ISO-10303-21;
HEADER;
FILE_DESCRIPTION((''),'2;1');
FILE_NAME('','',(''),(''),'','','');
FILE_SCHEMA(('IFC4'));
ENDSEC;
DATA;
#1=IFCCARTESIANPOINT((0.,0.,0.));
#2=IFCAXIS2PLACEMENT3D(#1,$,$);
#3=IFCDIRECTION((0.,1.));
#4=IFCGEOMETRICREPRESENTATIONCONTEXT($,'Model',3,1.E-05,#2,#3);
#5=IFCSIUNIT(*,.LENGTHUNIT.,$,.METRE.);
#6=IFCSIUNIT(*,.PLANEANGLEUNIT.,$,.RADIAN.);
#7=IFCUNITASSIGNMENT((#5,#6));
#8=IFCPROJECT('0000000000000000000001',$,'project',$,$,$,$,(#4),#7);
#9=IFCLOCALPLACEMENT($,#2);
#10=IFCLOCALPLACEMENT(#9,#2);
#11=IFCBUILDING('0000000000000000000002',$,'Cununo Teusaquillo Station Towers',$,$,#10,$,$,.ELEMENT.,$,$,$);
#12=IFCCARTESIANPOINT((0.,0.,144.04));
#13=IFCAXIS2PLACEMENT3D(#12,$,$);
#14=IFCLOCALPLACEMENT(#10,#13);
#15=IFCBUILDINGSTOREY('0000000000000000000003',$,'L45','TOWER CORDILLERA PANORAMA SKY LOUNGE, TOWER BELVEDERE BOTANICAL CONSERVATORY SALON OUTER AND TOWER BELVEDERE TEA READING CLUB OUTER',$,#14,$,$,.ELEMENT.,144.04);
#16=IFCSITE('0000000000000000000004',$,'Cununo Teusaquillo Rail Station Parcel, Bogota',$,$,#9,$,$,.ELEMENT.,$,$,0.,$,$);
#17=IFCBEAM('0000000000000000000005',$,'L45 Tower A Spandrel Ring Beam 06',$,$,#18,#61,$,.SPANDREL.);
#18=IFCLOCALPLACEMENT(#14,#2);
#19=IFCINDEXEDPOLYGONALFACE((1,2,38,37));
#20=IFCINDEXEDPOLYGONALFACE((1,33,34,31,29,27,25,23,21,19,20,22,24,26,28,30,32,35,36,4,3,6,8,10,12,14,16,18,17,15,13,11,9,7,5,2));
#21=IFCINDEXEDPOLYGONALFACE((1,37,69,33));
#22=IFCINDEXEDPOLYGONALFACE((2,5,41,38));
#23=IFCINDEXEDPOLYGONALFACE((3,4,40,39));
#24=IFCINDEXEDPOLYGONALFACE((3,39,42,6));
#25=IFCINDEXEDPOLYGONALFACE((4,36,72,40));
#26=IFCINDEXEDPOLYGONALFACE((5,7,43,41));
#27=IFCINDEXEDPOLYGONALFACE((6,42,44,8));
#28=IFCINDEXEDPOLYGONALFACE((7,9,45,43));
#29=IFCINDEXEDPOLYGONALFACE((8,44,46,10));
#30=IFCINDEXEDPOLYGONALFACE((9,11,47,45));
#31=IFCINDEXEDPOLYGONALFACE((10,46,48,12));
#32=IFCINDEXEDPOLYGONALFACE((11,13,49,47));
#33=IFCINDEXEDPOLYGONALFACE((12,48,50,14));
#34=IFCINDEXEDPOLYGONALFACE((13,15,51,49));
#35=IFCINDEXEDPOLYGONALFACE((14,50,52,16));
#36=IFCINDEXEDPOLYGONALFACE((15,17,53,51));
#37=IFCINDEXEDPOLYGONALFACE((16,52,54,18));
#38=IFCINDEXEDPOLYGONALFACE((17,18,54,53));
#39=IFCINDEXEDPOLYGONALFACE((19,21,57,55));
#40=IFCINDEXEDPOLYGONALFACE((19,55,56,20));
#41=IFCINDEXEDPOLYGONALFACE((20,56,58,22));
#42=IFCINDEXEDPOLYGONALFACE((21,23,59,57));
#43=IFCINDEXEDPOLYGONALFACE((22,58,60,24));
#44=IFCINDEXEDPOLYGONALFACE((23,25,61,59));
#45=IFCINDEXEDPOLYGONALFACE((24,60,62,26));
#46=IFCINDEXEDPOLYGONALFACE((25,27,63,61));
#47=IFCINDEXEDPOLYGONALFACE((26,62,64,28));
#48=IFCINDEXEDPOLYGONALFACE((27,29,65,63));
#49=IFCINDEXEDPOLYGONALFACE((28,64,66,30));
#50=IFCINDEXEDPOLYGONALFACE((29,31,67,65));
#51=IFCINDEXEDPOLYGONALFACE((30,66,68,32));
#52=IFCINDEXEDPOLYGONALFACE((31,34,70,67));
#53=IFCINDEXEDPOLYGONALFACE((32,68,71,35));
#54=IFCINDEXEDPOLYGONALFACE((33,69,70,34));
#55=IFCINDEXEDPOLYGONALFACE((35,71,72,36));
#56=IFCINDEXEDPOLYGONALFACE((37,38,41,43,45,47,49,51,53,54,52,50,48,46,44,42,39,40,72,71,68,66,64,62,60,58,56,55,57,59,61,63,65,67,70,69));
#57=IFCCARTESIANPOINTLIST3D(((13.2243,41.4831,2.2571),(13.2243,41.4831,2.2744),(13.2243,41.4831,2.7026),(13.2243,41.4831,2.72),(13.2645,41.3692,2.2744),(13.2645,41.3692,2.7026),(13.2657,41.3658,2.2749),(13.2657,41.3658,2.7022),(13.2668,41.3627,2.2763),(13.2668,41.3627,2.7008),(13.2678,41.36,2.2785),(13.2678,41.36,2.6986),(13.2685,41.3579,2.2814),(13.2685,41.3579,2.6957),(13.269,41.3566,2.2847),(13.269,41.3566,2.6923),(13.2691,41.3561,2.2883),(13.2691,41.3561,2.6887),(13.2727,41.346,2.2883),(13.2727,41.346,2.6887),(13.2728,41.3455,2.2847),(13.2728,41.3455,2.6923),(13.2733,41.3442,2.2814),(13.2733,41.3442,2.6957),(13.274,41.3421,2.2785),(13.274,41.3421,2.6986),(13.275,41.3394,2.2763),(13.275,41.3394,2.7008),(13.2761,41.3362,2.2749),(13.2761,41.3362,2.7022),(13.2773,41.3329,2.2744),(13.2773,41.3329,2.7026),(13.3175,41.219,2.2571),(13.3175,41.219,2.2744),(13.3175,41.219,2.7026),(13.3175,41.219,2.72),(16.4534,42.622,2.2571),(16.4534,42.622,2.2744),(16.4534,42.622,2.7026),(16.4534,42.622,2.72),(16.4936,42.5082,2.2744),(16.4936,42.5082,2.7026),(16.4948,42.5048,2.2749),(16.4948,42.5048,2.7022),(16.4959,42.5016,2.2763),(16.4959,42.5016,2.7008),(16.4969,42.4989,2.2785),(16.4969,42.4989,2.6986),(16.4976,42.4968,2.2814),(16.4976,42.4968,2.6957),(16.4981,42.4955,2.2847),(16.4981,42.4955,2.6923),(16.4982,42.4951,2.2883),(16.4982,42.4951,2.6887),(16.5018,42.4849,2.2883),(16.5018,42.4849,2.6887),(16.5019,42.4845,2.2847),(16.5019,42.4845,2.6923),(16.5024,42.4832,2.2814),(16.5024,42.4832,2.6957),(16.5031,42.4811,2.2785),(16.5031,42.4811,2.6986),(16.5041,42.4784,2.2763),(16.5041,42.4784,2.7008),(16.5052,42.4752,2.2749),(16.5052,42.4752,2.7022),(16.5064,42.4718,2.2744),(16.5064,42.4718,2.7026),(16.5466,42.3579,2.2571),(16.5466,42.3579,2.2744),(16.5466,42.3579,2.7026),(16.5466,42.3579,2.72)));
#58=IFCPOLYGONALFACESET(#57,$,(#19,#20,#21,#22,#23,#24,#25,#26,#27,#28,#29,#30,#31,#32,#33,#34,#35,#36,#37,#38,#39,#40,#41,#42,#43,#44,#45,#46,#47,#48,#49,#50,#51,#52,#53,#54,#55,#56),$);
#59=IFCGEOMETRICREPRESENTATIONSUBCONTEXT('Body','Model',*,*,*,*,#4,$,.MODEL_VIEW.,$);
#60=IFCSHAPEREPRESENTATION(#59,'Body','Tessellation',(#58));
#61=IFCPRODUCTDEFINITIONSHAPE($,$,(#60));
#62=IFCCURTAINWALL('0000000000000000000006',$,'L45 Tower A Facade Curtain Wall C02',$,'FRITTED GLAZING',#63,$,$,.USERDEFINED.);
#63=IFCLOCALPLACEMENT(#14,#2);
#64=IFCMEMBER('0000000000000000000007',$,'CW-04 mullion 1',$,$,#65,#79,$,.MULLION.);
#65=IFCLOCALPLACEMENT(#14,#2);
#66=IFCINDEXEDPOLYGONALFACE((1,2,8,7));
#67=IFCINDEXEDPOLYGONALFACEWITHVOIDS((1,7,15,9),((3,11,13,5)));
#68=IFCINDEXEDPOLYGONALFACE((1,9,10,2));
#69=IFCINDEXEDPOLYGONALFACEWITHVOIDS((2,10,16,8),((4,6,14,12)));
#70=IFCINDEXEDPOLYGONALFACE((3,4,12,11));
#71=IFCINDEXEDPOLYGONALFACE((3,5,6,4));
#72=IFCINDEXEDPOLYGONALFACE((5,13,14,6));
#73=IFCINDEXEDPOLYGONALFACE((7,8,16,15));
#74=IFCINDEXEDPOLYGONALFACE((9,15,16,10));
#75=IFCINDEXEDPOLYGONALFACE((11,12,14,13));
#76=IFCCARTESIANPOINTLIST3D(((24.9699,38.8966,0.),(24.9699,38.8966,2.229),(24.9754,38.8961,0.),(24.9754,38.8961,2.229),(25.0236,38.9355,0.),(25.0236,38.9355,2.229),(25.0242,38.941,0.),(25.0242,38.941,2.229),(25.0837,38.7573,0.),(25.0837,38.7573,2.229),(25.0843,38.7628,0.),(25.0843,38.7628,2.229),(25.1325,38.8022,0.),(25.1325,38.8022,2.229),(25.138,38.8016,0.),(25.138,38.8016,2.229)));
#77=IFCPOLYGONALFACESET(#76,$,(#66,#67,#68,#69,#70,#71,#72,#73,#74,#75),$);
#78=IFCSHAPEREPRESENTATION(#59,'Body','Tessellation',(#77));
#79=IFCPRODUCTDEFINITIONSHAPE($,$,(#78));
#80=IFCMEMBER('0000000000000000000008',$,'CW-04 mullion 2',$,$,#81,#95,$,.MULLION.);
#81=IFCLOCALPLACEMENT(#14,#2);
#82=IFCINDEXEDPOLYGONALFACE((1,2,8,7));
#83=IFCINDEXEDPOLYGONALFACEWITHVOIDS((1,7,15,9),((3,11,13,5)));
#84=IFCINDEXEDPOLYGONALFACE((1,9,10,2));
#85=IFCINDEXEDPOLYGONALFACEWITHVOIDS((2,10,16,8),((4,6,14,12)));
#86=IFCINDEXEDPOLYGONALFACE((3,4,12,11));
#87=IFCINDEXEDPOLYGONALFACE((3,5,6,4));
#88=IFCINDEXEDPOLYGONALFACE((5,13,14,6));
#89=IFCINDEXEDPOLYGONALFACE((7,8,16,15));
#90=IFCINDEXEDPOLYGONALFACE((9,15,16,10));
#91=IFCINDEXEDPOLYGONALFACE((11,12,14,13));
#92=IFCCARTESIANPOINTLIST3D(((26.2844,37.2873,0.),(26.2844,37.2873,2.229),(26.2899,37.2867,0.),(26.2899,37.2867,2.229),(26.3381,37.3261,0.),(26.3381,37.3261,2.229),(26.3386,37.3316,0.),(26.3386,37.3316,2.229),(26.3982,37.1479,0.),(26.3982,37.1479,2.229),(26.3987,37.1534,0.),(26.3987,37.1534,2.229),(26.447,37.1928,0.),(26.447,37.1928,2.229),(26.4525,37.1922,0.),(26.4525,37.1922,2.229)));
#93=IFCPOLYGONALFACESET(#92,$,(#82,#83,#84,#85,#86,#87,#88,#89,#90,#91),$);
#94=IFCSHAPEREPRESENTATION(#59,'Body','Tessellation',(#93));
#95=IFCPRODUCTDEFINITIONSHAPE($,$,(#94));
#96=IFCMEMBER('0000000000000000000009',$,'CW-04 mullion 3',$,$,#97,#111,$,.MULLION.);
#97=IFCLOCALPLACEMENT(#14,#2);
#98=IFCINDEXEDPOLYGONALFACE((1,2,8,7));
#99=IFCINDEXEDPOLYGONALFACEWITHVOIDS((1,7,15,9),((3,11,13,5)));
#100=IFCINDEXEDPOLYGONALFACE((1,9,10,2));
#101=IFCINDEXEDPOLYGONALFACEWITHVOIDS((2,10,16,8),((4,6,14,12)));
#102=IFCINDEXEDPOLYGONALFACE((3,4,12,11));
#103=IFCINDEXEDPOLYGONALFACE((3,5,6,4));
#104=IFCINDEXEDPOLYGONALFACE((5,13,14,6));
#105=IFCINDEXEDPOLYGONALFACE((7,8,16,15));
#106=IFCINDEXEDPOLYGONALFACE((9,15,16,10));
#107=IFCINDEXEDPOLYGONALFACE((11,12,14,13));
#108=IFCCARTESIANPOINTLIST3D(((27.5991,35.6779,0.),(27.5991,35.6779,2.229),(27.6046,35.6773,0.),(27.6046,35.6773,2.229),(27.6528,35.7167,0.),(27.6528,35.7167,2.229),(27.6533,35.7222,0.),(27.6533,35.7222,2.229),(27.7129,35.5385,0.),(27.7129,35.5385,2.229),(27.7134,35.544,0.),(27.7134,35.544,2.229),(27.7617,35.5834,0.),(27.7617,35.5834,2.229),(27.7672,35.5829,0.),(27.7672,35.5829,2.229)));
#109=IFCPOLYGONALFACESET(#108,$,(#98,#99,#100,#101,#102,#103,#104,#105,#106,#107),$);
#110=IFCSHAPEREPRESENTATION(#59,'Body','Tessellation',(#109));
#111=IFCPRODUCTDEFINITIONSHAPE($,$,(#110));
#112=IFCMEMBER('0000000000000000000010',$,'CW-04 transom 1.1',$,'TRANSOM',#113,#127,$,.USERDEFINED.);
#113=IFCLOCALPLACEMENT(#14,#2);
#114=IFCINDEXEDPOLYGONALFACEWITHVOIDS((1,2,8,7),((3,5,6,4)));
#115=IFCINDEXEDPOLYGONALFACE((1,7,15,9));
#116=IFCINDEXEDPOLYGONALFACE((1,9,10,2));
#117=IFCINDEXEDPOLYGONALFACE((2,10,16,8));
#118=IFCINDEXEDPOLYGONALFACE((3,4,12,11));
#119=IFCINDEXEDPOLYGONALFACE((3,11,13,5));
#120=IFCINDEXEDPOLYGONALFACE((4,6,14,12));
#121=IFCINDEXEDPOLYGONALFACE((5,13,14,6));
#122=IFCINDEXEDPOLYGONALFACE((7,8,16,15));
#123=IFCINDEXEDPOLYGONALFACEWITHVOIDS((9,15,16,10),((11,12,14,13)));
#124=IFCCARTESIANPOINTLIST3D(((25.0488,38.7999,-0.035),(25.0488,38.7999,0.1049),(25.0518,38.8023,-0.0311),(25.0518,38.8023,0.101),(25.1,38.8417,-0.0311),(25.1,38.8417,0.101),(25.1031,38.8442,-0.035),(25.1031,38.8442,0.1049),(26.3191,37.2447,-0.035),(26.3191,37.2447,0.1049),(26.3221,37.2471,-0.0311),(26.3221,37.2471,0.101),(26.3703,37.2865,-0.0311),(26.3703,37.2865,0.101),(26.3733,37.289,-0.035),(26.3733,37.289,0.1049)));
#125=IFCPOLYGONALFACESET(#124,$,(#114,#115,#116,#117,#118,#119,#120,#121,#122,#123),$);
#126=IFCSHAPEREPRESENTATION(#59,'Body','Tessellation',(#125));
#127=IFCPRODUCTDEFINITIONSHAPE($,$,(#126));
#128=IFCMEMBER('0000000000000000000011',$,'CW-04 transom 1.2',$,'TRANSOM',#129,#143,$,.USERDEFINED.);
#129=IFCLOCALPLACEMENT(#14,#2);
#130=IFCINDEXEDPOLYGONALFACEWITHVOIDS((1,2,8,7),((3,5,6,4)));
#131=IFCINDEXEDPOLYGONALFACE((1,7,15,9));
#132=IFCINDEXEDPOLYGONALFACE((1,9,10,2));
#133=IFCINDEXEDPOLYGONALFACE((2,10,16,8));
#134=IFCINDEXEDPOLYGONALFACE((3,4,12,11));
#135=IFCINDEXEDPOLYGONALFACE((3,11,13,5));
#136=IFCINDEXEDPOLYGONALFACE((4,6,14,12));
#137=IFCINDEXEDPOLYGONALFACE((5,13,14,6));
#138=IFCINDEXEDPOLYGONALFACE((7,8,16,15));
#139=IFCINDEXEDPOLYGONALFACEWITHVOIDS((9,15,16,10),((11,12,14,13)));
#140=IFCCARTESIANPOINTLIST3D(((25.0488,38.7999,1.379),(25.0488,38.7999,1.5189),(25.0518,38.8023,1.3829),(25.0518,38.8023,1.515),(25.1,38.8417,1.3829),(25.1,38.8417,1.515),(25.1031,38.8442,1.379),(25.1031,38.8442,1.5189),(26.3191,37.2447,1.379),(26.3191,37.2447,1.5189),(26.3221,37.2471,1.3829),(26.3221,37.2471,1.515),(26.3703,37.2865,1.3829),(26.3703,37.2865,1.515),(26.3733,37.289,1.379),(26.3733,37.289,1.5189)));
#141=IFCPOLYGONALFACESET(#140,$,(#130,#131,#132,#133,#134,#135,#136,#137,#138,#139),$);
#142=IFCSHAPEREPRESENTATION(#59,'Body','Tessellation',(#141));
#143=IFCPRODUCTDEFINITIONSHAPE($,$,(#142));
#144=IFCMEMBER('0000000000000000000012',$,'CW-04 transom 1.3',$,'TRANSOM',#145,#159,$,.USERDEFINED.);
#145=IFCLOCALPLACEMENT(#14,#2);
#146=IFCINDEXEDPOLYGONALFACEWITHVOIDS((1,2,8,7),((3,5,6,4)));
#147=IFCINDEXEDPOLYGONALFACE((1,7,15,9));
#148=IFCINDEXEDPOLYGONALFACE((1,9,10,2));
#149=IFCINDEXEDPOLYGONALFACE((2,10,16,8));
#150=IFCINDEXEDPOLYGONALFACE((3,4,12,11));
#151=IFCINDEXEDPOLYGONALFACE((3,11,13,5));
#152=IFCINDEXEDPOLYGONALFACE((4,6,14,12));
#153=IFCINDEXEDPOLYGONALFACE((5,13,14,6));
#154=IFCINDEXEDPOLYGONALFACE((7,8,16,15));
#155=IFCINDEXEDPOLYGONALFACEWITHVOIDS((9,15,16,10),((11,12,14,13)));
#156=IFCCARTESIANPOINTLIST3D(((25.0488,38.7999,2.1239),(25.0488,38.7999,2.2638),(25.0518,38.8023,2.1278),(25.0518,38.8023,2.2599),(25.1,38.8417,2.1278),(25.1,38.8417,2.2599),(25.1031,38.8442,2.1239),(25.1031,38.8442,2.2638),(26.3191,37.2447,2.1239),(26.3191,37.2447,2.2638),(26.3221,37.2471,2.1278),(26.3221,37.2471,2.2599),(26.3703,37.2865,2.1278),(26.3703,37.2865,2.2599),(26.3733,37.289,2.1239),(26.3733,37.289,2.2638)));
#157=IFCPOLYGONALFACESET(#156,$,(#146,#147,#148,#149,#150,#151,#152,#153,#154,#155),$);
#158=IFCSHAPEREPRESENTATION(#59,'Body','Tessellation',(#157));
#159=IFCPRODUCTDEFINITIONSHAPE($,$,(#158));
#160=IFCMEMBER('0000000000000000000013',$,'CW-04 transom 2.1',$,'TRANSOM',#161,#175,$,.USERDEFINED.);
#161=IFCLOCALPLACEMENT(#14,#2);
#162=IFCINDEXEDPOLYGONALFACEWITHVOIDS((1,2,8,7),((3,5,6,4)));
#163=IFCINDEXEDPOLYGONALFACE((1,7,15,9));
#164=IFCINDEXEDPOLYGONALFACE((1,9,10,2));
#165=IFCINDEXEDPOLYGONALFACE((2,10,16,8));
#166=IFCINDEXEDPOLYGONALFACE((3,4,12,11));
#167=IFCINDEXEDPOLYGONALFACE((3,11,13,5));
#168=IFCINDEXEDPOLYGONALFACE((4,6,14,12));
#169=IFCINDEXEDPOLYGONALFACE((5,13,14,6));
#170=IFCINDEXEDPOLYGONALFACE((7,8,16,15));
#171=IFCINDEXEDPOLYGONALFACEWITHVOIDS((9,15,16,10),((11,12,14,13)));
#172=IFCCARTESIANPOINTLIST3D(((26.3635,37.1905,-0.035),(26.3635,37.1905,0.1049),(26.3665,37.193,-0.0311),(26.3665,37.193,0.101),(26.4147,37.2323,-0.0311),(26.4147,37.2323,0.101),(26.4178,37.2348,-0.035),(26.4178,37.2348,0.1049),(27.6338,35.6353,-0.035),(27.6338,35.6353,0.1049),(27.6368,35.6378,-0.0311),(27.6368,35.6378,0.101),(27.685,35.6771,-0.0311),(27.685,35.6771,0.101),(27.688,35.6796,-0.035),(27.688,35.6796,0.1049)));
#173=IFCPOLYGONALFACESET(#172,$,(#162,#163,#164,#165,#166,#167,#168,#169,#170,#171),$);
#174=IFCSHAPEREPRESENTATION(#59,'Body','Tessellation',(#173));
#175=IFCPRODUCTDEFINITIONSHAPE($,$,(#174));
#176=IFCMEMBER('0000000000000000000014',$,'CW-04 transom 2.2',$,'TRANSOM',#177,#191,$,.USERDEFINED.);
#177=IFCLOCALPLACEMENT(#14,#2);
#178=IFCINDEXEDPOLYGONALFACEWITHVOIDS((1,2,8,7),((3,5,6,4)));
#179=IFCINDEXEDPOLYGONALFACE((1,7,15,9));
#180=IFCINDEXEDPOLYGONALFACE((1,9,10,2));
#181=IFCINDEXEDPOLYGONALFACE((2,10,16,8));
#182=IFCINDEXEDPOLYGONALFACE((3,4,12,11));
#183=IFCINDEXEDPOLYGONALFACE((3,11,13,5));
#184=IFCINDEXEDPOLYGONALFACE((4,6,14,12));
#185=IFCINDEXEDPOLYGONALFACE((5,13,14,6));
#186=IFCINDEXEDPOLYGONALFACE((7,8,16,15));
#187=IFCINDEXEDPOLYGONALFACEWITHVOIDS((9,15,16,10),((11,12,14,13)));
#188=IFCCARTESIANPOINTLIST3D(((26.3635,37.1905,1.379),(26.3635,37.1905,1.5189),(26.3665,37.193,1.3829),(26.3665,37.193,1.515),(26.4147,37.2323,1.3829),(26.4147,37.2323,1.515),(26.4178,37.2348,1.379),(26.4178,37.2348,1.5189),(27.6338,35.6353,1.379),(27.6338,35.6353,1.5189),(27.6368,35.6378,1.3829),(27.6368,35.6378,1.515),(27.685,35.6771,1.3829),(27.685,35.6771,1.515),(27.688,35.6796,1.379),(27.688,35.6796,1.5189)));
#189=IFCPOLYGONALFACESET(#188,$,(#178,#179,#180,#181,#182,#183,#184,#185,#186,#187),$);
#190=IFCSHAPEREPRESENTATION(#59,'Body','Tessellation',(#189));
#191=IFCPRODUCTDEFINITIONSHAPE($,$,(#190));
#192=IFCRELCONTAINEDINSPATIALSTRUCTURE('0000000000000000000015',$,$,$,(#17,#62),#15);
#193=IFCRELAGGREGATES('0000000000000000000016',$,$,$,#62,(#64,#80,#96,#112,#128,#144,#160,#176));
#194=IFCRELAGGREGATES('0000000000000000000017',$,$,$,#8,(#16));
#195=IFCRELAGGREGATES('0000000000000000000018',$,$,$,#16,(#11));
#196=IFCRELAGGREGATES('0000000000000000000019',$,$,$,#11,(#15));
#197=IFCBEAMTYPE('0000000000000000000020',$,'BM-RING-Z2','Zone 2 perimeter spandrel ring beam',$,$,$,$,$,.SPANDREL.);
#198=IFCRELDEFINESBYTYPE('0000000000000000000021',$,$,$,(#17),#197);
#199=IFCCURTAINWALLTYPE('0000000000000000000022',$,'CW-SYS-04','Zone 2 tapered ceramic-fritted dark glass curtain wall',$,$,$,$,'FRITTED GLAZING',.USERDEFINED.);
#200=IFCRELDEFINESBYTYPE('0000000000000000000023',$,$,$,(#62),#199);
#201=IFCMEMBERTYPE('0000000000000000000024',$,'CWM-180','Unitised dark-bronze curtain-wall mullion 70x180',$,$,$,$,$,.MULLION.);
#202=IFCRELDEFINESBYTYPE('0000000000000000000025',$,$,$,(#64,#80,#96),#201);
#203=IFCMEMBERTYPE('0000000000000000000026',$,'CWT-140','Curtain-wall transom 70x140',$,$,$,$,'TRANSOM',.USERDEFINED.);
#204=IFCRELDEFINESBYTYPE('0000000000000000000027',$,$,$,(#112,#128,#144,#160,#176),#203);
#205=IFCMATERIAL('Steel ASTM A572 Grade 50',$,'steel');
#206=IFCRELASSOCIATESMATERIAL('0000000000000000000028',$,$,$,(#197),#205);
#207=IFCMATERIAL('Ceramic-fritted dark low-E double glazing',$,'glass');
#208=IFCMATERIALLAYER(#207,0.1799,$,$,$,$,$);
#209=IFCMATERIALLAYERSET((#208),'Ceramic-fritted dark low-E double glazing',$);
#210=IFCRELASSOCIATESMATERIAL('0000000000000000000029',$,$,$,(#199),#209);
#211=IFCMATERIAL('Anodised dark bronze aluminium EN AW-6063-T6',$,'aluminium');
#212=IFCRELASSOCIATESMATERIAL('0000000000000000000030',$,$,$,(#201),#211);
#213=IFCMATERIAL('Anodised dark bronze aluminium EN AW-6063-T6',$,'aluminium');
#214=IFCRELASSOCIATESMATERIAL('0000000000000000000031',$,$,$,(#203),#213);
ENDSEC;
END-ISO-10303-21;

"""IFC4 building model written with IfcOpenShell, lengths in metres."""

from ifc_helpers import new_model, si_unit, direction, frame, origin, origin_2d, place, context, subcontext, project, spatial, hollow_rectangle, i_section, extrude, material, layer, layer_set, material_profile, profile_set, type_object, element, aggregate, save


model = new_model("IFC4")

# Units and contexts
model_context = context("Model", 3, precision=1e-05, world=origin(), true_north=direction((0.0, 1.0)))
body_context = subcontext(model_context, "Body", "Model", "MODEL_VIEW")
ifc_project = project(units=[si_unit("LENGTHUNIT", "METRE"), si_unit("PLANEANGLEUNIT", "RADIAN")], contexts=[model_context])

# Site, building, storey
site_placement = place(None, origin())
site = spatial("IfcSite", under=ifc_project, at=site_placement, Name="Cununo Teusaquillo Rail Station Parcel, Bogota", CompositionType="ELEMENT", RefElevation=0.0)
building_placement = place(site_placement, origin())
building = spatial("IfcBuilding", under=site, at=building_placement, Name="Cununo Teusaquillo Station Towers", CompositionType="ELEMENT")
storey_placement = place(building_placement, frame((0.0, 0.0, 144.04)))
storey = spatial("IfcBuildingStorey", under=building, at=storey_placement, Name="L45", Description="TOWER CORDILLERA PANORAMA SKY LOUNGE, TOWER BELVEDERE BOTANICAL CONSERVATORY SALON OUTER AND TOWER BELVEDERE TEA READING CLUB OUTER", CompositionType="ELEMENT", Elevation=144.04)

# Beam
ifc_material_1 = material(Name="Steel ASTM A572 Grade 50", Category="steel")
ifc_material_profile_1 = material_profile(ifc_material_1, i_section(OverallWidth=0.28, OverallDepth=0.4629, WebThickness=0.0107, FlangeThickness=0.0173, FilletRadius=0.0139, at=origin_2d()), Name="W18X76")
ifc_profile_set_1 = profile_set([ifc_material_profile_1], Name="Steel ASTM A572 Grade 50")
beam_type = type_object("IfcBeamType", Name="BM-RING-Z2", Description="Zone 2 perimeter spandrel ring beam", PredefinedType="SPANDREL", material=ifc_profile_set_1)
for number, where, z_axis, x_axis, name in (
    (1, (16.5, 42.49, 2.4885), (-0.943057, -0.33263, 0.0), (0.33263, -0.943057, 0.0), "L45 Tower A Spandrel Ring Beam 06"),
):
    element("IfcBeam", number, at=place(storey_placement, frame(where, z_axis=z_axis, x_axis=x_axis)), inside=storey, type_object=beam_type, Name=name, PredefinedType="SPANDREL", context=body_context, shape_type="SweptSolid", body=[
        extrude(i_section(OverallWidth=0.28, OverallDepth=0.4629, WebThickness=0.0107, FlangeThickness=0.0173, FilletRadius=0.0139, at=origin_2d()), origin(), (0.0, 0.0, 1.0), 3.4241),
    ])

# Curtain wall, members
ifc_material_2 = material(Name="Ceramic-fritted dark low-E double glazing", Category="glass")
ifc_layer_1 = layer(ifc_material_2, 0.1799)
ifc_layer_set_1 = layer_set([ifc_layer_1], Name="Ceramic-fritted dark low-E double glazing")
curtain_wall_type = type_object("IfcCurtainWallType", Name="CW-SYS-04", Description="Zone 2 tapered ceramic-fritted dark glass curtain wall", ElementType="FRITTED GLAZING", PredefinedType="USERDEFINED", material=ifc_layer_set_1)
curtain_wall_placement = place(storey_placement, origin())
curtain_wall = element("IfcCurtainWall", 2, at=curtain_wall_placement, inside=storey, type_object=curtain_wall_type, Name="L45 Tower A Facade Curtain Wall C02", ObjectType="FRITTED GLAZING", PredefinedType="USERDEFINED")
ifc_material_3 = material(Name="Anodised dark bronze aluminium EN AW-6063-T6", Category="aluminium")
ifc_material_profile_2 = material_profile(ifc_material_3, hollow_rectangle(XDim=0.0701, YDim=0.1799, WallThickness=0.0039, at=origin_2d()), Name="CW-MULL-70x180")
ifc_profile_set_2 = profile_set([ifc_material_profile_2], Name="Anodised dark bronze aluminium EN AW-6063-T6")
member_type_1 = type_object("IfcMemberType", Name="CWM-180", Description="Unitised dark-bronze curtain-wall mullion 70x180", PredefinedType="MULLION", material=ifc_profile_set_2)
member_1_placement = place(storey_placement, frame((25.054, 38.8491, 0.0), z_axis=(0.0, 0.0, 1.0), x_axis=(0.774468, 0.632613, 0.0)))
member_1 = element("IfcMember", 3, at=member_1_placement, type_object=member_type_1, Name="CW-04 mullion 1", PredefinedType="MULLION", context=body_context, shape_type="SweptSolid", body=[
    extrude(hollow_rectangle(XDim=0.0701, YDim=0.1799, WallThickness=0.0039, at=origin_2d()), origin(), (0.0, 0.0, 1.0), 2.229),
])
member_2_placement = place(storey_placement, frame((26.3684, 37.2397, 0.0), z_axis=(0.0, 0.0, 1.0), x_axis=(0.774468, 0.632613, 0.0)))
member_2 = element("IfcMember", 4, at=member_2_placement, type_object=member_type_1, Name="CW-04 mullion 2", PredefinedType="MULLION", context=body_context, shape_type="SweptSolid", body=[
    extrude(hollow_rectangle(XDim=0.0701, YDim=0.1799, WallThickness=0.0039, at=origin_2d()), origin(), (0.0, 0.0, 1.0), 2.229),
])
member_3_placement = place(storey_placement, frame((27.6831, 35.6304, 0.0), z_axis=(0.0, 0.0, 1.0), x_axis=(0.774468, 0.632613, 0.0)))
member_3 = element("IfcMember", 5, at=member_3_placement, type_object=member_type_1, Name="CW-04 mullion 3", PredefinedType="MULLION", context=body_context, shape_type="SweptSolid", body=[
    extrude(hollow_rectangle(XDim=0.0701, YDim=0.1799, WallThickness=0.0039, at=origin_2d()), origin(), (0.0, 0.0, 1.0), 2.229),
])
ifc_material_4 = material(Name="Anodised dark bronze aluminium EN AW-6063-T6", Category="aluminium")
ifc_material_profile_3 = material_profile(ifc_material_4, hollow_rectangle(XDim=0.0701, YDim=0.1399, WallThickness=0.0039, at=origin_2d()), Name="CW-TRAN-70x140")
ifc_profile_set_3 = profile_set([ifc_material_profile_3], Name="Anodised dark bronze aluminium EN AW-6063-T6")
member_type_2 = type_object("IfcMemberType", Name="CWT-140", Description="Curtain-wall transom 70x140", ElementType="TRANSOM", PredefinedType="USERDEFINED", material=ifc_profile_set_3)
member_4_placement = place(storey_placement, frame((25.0759, 38.822, 0.0349), z_axis=(0.632595, -0.774482, 0.0), x_axis=(0.774482, 0.632595, 0.0)))
member_4 = element("IfcMember", 6, at=member_4_placement, type_object=member_type_2, Name="CW-04 transom 1.1", ObjectType="TRANSOM", PredefinedType="USERDEFINED", context=body_context, shape_type="SweptSolid", body=[
    extrude(hollow_rectangle(XDim=0.0701, YDim=0.1399, WallThickness=0.0039, at=origin_2d()), origin(), (0.0, 0.0, 1.0), 2.0081),
])
member_5_placement = place(storey_placement, frame((25.0759, 38.822, 1.449), z_axis=(0.632595, -0.774482, 0.0), x_axis=(0.774482, 0.632595, 0.0)))
member_5 = element("IfcMember", 7, at=member_5_placement, type_object=member_type_2, Name="CW-04 transom 1.2", ObjectType="TRANSOM", PredefinedType="USERDEFINED", context=body_context, shape_type="SweptSolid", body=[
    extrude(hollow_rectangle(XDim=0.0701, YDim=0.1399, WallThickness=0.0039, at=origin_2d()), origin(), (0.0, 0.0, 1.0), 2.0081),
])
member_6_placement = place(storey_placement, frame((25.0759, 38.822, 2.1938), z_axis=(0.632595, -0.774482, 0.0), x_axis=(0.774482, 0.632595, 0.0)))
member_6 = element("IfcMember", 8, at=member_6_placement, type_object=member_type_2, Name="CW-04 transom 1.3", ObjectType="TRANSOM", PredefinedType="USERDEFINED", context=body_context, shape_type="SweptSolid", body=[
    extrude(hollow_rectangle(XDim=0.0701, YDim=0.1399, WallThickness=0.0039, at=origin_2d()), origin(), (0.0, 0.0, 1.0), 2.0081),
])
member_7_placement = place(storey_placement, frame((26.3906, 37.2126, 0.0349), z_axis=(0.632595, -0.774482, 0.0), x_axis=(0.774482, 0.632595, 0.0)))
member_7 = element("IfcMember", 9, at=member_7_placement, type_object=member_type_2, Name="CW-04 transom 2.1", ObjectType="TRANSOM", PredefinedType="USERDEFINED", context=body_context, shape_type="SweptSolid", body=[
    extrude(hollow_rectangle(XDim=0.0701, YDim=0.1399, WallThickness=0.0039, at=origin_2d()), origin(), (0.0, 0.0, 1.0), 2.0081),
])
member_8_placement = place(storey_placement, frame((26.3906, 37.2126, 1.449), z_axis=(0.632595, -0.774482, 0.0), x_axis=(0.774482, 0.632595, 0.0)))
member_8 = element("IfcMember", 10, at=member_8_placement, type_object=member_type_2, Name="CW-04 transom 2.2", ObjectType="TRANSOM", PredefinedType="USERDEFINED", context=body_context, shape_type="SweptSolid", body=[
    extrude(hollow_rectangle(XDim=0.0701, YDim=0.1399, WallThickness=0.0039, at=origin_2d()), origin(), (0.0, 0.0, 1.0), 2.0081),
])

aggregate(curtain_wall, [member_1, member_2, member_3, member_4, member_5, member_6, member_7, member_8])

save(model, "model.ifc")
